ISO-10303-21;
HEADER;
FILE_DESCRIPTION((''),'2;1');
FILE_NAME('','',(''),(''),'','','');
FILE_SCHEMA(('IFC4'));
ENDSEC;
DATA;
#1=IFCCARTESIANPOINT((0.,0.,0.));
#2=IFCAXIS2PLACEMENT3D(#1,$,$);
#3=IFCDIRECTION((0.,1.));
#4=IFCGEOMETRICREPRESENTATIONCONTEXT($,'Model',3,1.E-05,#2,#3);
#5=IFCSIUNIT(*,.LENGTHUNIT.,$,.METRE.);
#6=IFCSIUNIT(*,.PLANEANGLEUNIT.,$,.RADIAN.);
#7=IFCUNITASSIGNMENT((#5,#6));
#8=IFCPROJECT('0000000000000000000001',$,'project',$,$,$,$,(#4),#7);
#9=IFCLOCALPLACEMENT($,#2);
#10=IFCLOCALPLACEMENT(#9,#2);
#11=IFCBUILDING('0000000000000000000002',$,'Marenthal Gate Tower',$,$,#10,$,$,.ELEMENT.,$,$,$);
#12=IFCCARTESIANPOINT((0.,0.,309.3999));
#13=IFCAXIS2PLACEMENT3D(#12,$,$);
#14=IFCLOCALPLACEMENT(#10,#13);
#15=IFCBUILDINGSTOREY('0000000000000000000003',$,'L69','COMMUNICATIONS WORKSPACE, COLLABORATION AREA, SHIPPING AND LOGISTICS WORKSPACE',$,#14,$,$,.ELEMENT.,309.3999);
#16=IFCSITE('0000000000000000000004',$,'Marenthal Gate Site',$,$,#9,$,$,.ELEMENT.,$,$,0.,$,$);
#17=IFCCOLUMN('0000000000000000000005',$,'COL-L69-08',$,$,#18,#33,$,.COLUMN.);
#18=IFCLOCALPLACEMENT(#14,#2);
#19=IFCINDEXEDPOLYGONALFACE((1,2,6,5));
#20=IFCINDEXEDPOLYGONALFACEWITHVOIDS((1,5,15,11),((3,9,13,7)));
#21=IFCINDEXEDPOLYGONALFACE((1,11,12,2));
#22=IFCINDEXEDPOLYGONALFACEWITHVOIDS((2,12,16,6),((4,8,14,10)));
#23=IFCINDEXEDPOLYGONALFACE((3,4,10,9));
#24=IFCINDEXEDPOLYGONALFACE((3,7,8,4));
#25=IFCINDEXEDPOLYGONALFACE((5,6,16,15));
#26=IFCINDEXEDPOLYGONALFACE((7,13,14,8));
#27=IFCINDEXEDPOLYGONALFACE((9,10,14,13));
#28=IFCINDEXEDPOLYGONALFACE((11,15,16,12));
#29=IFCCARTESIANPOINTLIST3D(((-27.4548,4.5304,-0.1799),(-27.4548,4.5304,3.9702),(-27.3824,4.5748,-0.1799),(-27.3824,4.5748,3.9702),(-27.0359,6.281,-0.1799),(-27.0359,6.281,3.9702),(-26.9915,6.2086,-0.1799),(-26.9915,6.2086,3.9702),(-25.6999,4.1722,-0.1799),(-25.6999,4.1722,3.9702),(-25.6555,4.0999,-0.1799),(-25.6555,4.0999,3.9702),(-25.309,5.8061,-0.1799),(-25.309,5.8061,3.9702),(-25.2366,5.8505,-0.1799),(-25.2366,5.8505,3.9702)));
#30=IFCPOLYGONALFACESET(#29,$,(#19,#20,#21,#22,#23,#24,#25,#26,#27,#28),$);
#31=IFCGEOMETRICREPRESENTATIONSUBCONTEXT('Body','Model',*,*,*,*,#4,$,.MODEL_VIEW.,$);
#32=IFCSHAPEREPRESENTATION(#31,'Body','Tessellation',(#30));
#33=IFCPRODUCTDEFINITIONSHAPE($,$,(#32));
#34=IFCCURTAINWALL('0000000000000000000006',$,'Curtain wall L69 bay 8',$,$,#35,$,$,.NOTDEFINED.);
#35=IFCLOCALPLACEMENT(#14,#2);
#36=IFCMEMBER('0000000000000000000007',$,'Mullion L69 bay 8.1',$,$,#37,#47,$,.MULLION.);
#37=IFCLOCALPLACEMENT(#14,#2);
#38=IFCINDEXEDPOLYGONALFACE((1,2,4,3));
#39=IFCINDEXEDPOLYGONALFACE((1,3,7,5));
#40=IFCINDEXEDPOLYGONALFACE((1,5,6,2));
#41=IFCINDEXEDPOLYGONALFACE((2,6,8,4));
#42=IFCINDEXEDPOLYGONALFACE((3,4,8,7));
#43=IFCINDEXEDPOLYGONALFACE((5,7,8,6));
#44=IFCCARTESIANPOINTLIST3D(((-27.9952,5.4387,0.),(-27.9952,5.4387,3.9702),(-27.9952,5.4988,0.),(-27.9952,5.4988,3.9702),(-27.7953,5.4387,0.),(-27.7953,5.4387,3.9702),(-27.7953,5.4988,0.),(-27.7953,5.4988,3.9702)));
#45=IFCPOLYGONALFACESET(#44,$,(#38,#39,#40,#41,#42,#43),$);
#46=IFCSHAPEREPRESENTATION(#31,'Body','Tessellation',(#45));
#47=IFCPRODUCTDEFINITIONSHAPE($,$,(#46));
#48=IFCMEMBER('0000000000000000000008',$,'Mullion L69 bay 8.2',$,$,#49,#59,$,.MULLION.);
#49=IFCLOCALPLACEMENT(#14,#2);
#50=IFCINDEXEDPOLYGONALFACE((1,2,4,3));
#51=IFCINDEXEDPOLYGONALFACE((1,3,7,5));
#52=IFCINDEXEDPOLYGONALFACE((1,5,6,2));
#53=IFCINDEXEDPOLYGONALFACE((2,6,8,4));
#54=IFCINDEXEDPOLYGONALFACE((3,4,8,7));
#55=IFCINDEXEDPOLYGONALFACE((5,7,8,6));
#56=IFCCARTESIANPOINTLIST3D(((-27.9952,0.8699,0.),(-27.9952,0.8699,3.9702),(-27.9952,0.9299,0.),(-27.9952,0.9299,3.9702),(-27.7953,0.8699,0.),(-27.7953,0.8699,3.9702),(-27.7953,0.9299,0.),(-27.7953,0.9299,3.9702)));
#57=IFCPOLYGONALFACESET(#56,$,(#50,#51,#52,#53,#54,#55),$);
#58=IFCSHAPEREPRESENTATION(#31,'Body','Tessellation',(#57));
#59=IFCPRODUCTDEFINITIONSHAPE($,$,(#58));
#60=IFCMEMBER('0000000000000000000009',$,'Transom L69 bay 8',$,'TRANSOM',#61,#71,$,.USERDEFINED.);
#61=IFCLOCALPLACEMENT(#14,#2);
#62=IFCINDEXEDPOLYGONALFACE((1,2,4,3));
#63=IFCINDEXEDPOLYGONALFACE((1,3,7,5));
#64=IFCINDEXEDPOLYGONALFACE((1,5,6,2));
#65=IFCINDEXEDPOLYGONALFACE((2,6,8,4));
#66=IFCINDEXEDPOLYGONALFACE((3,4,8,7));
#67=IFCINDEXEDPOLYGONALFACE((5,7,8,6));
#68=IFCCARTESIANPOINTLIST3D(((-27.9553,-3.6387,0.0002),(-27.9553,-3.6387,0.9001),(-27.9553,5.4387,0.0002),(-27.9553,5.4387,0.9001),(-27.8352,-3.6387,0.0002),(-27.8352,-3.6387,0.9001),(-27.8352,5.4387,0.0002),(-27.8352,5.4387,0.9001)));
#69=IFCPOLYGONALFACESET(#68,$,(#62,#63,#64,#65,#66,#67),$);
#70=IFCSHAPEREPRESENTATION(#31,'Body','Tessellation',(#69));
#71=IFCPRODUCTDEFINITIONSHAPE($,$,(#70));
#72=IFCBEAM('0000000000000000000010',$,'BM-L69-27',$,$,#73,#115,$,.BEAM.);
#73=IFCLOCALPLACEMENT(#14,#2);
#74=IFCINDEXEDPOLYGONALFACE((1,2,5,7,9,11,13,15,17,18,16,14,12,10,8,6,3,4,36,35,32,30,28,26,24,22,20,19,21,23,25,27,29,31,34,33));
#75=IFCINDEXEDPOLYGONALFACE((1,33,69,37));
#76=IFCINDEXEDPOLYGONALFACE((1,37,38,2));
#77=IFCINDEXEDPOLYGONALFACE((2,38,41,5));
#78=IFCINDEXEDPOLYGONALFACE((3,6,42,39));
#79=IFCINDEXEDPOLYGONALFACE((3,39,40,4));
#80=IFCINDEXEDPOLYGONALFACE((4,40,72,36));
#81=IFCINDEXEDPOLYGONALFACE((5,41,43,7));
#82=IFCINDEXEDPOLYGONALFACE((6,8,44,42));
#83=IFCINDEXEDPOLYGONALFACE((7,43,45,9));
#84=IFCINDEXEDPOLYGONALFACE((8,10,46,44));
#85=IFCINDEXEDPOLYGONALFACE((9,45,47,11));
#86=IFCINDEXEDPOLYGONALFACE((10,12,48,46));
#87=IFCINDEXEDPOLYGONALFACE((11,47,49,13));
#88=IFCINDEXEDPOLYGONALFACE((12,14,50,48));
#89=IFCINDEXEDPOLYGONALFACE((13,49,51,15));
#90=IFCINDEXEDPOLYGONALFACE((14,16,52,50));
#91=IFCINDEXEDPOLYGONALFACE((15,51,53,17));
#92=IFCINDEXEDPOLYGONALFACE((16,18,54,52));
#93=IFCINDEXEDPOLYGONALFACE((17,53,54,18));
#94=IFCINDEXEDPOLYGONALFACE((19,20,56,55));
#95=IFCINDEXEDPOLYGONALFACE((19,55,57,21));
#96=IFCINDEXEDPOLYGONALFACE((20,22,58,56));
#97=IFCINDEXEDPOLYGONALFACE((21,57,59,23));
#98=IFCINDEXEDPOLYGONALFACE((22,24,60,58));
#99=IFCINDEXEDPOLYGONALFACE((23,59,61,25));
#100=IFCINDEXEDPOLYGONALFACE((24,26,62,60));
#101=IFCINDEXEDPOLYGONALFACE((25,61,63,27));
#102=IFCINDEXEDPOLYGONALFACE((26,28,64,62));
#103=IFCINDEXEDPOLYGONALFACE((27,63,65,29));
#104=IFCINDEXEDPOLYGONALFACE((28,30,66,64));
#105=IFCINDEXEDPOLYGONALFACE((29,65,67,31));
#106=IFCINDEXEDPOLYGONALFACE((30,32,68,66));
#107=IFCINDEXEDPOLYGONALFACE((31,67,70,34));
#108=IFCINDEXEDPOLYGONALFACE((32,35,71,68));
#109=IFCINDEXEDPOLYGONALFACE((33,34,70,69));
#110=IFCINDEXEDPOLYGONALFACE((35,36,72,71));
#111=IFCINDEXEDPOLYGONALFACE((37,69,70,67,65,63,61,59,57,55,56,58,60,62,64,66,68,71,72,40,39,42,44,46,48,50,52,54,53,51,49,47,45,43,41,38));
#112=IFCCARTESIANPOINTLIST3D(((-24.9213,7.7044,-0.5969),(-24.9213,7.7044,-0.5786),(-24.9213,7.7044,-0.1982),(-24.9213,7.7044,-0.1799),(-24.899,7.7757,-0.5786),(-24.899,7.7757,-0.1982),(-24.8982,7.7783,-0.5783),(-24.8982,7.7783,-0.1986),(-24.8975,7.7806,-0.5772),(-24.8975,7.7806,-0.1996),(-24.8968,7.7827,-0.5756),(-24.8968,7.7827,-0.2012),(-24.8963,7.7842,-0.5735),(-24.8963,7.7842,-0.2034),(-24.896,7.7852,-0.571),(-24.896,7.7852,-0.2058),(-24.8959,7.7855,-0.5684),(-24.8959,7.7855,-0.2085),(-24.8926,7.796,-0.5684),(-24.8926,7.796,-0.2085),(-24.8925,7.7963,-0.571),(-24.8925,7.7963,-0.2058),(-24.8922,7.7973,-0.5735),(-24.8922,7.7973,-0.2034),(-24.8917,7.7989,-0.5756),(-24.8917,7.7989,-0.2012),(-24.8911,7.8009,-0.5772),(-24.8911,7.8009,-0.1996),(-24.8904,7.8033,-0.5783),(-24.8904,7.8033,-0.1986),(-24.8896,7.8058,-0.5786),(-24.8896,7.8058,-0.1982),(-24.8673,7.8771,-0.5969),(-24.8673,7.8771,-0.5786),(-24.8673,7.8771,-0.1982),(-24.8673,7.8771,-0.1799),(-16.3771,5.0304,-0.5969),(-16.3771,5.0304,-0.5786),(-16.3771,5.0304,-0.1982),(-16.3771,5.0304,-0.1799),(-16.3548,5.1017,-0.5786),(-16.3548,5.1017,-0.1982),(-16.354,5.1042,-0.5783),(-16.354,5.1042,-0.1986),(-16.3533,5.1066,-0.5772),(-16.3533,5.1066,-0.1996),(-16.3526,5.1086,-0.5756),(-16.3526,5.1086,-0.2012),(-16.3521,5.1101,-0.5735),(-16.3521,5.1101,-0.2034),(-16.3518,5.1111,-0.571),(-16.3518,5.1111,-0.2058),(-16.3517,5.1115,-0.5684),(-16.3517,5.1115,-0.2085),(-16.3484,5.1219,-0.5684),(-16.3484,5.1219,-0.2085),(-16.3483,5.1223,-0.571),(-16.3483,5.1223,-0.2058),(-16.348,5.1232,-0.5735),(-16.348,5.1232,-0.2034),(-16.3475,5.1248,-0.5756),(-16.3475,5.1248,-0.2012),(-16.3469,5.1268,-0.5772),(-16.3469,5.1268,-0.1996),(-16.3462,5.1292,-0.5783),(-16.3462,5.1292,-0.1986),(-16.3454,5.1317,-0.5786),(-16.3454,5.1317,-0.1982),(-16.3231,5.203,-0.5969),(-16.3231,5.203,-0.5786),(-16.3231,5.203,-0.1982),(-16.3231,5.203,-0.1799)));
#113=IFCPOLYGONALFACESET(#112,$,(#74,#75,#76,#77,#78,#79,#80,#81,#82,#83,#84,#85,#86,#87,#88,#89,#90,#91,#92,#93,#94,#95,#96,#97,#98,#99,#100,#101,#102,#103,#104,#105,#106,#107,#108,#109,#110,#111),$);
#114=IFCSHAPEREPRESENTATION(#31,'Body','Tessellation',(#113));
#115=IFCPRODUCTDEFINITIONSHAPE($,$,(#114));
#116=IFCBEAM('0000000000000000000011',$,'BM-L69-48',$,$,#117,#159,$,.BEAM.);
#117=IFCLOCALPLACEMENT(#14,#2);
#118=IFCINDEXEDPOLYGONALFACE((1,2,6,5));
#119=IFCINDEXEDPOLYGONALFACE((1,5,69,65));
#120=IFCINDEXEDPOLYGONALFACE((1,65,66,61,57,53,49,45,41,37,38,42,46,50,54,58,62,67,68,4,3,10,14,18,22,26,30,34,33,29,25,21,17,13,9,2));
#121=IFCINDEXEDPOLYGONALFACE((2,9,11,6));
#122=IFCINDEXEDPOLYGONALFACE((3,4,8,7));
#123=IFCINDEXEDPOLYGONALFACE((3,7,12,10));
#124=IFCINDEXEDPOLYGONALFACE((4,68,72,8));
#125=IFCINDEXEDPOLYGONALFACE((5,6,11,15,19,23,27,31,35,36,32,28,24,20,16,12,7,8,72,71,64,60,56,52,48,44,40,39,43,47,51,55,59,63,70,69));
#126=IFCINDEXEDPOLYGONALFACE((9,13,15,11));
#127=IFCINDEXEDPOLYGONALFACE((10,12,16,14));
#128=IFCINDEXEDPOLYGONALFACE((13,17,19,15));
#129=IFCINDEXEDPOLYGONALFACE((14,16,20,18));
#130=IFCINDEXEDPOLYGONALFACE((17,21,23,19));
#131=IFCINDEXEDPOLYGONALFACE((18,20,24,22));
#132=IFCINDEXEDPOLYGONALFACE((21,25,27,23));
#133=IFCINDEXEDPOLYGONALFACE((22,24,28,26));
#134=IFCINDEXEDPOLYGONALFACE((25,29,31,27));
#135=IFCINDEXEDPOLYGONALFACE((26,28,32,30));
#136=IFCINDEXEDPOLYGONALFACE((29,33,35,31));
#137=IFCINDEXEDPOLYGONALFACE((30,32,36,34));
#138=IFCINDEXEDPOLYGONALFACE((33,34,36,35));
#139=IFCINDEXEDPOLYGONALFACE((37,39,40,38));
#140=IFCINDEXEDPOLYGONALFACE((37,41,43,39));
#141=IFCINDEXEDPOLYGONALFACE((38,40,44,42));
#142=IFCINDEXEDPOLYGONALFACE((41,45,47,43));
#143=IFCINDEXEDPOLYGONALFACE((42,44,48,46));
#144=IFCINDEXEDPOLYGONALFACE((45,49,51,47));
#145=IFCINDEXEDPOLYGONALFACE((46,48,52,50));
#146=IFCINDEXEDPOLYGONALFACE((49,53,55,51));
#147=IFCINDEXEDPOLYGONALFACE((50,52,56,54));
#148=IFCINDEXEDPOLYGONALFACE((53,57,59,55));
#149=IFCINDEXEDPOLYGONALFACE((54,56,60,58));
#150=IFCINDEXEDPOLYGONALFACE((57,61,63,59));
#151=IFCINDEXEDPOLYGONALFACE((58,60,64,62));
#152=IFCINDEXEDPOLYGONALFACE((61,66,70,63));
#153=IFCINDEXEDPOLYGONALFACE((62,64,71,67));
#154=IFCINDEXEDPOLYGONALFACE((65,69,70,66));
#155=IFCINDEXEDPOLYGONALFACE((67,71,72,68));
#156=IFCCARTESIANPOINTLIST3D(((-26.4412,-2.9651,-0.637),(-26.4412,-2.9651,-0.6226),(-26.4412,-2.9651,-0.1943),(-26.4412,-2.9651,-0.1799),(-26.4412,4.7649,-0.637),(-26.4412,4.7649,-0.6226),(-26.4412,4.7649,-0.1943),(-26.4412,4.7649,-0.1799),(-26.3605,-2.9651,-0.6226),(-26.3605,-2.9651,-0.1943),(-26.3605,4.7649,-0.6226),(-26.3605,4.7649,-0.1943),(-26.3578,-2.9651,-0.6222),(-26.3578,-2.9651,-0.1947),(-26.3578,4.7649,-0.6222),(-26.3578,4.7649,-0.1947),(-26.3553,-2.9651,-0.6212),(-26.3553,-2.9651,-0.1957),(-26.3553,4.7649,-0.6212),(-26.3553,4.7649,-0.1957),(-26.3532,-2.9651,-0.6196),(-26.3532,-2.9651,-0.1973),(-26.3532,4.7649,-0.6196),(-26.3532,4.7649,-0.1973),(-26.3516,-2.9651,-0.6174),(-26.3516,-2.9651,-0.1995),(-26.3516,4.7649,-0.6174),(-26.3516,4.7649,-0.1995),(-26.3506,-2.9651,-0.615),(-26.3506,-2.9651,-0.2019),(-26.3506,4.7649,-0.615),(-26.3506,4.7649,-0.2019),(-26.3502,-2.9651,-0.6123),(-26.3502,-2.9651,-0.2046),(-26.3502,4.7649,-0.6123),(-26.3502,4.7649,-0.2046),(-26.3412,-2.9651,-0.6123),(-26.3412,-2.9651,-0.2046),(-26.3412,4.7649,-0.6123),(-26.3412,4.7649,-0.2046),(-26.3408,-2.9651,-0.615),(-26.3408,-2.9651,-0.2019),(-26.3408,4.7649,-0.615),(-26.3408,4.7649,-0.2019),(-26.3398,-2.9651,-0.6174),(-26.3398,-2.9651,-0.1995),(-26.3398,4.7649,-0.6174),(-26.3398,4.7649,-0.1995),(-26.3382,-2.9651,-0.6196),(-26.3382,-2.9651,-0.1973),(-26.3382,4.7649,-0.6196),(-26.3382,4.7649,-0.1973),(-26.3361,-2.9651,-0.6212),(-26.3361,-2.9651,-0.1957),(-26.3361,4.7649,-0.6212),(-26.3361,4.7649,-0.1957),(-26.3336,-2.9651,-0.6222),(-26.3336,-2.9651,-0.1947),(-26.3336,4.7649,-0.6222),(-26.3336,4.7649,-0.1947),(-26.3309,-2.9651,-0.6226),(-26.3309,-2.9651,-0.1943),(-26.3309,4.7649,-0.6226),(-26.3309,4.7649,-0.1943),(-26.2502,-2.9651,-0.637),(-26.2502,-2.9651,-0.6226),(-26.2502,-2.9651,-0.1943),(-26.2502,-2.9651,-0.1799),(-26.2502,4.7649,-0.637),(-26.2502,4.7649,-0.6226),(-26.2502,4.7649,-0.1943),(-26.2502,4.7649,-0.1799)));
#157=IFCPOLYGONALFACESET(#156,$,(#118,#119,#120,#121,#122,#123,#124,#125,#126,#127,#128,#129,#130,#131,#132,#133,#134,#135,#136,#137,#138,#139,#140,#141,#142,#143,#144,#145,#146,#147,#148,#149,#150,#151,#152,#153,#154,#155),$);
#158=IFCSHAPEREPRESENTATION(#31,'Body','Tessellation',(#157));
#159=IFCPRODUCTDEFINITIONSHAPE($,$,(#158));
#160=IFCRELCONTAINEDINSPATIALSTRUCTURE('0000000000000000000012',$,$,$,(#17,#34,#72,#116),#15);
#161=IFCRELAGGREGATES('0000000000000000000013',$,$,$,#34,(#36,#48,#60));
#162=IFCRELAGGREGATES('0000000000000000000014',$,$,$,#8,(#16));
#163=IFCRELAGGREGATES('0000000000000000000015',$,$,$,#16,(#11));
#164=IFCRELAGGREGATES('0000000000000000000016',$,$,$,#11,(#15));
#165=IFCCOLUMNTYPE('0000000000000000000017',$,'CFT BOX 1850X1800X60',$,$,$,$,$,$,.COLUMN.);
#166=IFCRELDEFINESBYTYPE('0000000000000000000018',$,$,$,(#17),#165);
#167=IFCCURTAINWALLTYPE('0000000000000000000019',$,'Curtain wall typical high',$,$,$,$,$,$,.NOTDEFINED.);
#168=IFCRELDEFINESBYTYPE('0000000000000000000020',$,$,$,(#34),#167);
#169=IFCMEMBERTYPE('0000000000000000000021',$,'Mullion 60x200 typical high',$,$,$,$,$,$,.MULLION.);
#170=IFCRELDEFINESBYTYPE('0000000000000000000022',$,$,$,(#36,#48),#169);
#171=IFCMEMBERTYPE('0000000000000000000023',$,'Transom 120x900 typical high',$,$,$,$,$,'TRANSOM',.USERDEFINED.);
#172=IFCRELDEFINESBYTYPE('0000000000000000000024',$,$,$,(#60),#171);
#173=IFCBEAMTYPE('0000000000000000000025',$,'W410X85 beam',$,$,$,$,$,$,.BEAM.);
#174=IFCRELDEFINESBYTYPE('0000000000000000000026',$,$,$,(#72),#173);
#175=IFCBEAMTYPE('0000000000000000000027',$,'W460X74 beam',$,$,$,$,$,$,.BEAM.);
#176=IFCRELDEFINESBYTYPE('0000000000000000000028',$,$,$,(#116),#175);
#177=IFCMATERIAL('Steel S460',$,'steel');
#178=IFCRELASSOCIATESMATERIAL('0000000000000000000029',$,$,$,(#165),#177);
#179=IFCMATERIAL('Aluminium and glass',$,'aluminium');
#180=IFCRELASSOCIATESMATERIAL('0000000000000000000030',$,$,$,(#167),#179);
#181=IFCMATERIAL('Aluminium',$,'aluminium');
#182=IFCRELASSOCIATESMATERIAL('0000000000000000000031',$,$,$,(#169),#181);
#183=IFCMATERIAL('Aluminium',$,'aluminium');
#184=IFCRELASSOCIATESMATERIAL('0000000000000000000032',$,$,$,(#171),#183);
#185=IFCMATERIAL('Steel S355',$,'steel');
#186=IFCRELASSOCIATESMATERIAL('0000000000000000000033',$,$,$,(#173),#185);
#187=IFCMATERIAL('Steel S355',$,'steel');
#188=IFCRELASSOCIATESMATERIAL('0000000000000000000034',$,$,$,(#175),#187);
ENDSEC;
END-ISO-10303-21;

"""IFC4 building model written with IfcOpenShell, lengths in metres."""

from ifc_helpers import new_model, si_unit, direction, frame, origin, origin_2d, place, context, subcontext, project, spatial, rectangle, hollow_rectangle, i_section, extrude, material, material_profile, profile_set, type_object, element, aggregate, save


model = new_model("IFC4")

# Units and contexts
model_context = context("Model", 3, precision=1e-05, world=origin(), true_north=direction((0.0, 1.0)))
body_context = subcontext(model_context, "Body", "Model", "MODEL_VIEW")
ifc_project = project(units=[si_unit("LENGTHUNIT", "METRE"), si_unit("PLANEANGLEUNIT", "RADIAN")], contexts=[model_context])

# Site, building, storey
site_placement = place(None, origin())
site = spatial("IfcSite", under=ifc_project, at=site_placement, Name="Marenthal Gate Site", CompositionType="ELEMENT", RefElevation=0.0)
building_placement = place(site_placement, origin())
building = spatial("IfcBuilding", under=site, at=building_placement, Name="Marenthal Gate Tower", CompositionType="ELEMENT")
storey_placement = place(building_placement, frame((0.0, 0.0, 309.3999)))
storey = spatial("IfcBuildingStorey", under=building, at=storey_placement, Name="L69", Description="COMMUNICATIONS WORKSPACE, COLLABORATION AREA, SHIPPING AND LOGISTICS WORKSPACE", CompositionType="ELEMENT", Elevation=309.3999)

# Column
ifc_material_1 = material(Name="Steel S460", Category="steel")
ifc_material_profile_1 = material_profile(ifc_material_1, hollow_rectangle(XDim=1.8, YDim=1.8501, WallThickness=0.0601, at=origin_2d()), Name="CFT BOX 1850X1800X60")
ifc_material_2 = material(Name="Concrete 70 MPa", Category="concrete")
ifc_material_profile_2 = material_profile(ifc_material_2, rectangle(XDim=1.6799, YDim=1.73, at=origin_2d()), Name="CFT BOX 1850X1800X60 INFILL")
ifc_profile_set_1 = profile_set([ifc_material_profile_1, ifc_material_profile_2], Name="Steel S460 shell, Concrete 70 MPa infill")
column_type = type_object("IfcColumnType", Name="CFT BOX 1850X1800X60", PredefinedType="COLUMN", material=ifc_profile_set_1)
column_placement = place(storey_placement, frame((-26.3457, 5.1904, -0.1799), z_axis=(0.0, 0.0, 1.0), x_axis=(0.232702, 0.972548, 0.0)))
element("IfcColumn", 1, at=column_placement, inside=storey, type_object=column_type, Name="COL-L69-08", PredefinedType="COLUMN", context=body_context, shape_type="SweptSolid", body=[
    extrude(hollow_rectangle(XDim=1.8, YDim=1.8501, WallThickness=0.0601, at=origin_2d()), origin(), (0.0, 0.0, 1.0), 4.1501),
])

# Curtain wall, members
ifc_material_3 = material(Name="Aluminium and glass", Category="aluminium")
curtain_wall_type = type_object("IfcCurtainWallType", Name="Curtain wall typical high", PredefinedType="NOTDEFINED", material=ifc_material_3)
curtain_wall_placement = place(storey_placement, origin())
curtain_wall = element("IfcCurtainWall", 2, at=curtain_wall_placement, inside=storey, type_object=curtain_wall_type, Name="Curtain wall L69 bay 8", PredefinedType="NOTDEFINED")
ifc_material_4 = material(Name="Aluminium", Category="aluminium")
ifc_material_profile_3 = material_profile(ifc_material_4, rectangle(XDim=0.2, YDim=0.0601, at=origin_2d()), Name="60x200 aluminium mullion")
ifc_profile_set_2 = profile_set([ifc_material_profile_3], Name="Aluminium")
member_type_1 = type_object("IfcMemberType", Name="Mullion 60x200 typical high", PredefinedType="MULLION", material=ifc_profile_set_2)
member_1_placement = place(storey_placement, frame((-27.8953, 5.4688, 0.0), z_axis=(0.0, 0.0, 1.0), x_axis=(1.0, 0.0, 0.0)))
member_1 = element("IfcMember", 3, at=member_1_placement, type_object=member_type_1, Name="Mullion L69 bay 8.1", PredefinedType="MULLION", context=body_context, shape_type="SweptSolid", body=[
    extrude(rectangle(XDim=0.2, YDim=0.0601, at=origin_2d()), origin(), (0.0, 0.0, 1.0), 3.9702),
])
member_2_placement = place(storey_placement, frame((-27.8953, 0.8999, 0.0), z_axis=(0.0, 0.0, 1.0), x_axis=(1.0, 0.0, 0.0)))
member_2 = element("IfcMember", 4, at=member_2_placement, type_object=member_type_1, Name="Mullion L69 bay 8.2", PredefinedType="MULLION", context=body_context, shape_type="SweptSolid", body=[
    extrude(rectangle(XDim=0.2, YDim=0.0601, at=origin_2d()), origin(), (0.0, 0.0, 1.0), 3.9702),
])
ifc_material_5 = material(Name="Aluminium", Category="aluminium")
ifc_material_profile_4 = material_profile(ifc_material_5, rectangle(XDim=0.1201, YDim=0.8999, at=origin_2d()), Name="120x900 aluminium transom")
ifc_profile_set_3 = profile_set([ifc_material_profile_4], Name="Aluminium")
member_type_2 = type_object("IfcMemberType", Name="Transom 120x900 typical high", ElementType="TRANSOM", PredefinedType="USERDEFINED", material=ifc_profile_set_3)
member_3_placement = place(storey_placement, frame((-27.8953, 5.4387, 0.4502), z_axis=(0.0, -1.0, 0.0), x_axis=(1.0, 0.0, 0.0)))
member_3 = element("IfcMember", 5, at=member_3_placement, type_object=member_type_2, Name="Transom L69 bay 8", ObjectType="TRANSOM", PredefinedType="USERDEFINED", context=body_context, shape_type="SweptSolid", body=[
    extrude(rectangle(XDim=0.1201, YDim=0.8999, at=origin_2d()), origin(), (0.0, 0.0, 1.0), 9.0774),
])

# Beams
ifc_material_6 = material(Name="Steel S355", Category="steel")
ifc_material_profile_5 = material_profile(ifc_material_6, i_section(OverallWidth=0.1809, OverallDepth=0.417, WebThickness=0.011, FlangeThickness=0.0183, FilletRadius=0.0103, at=origin_2d()), Name="W410X85")
ifc_profile_set_4 = profile_set([ifc_material_profile_5], Name="Steel S355")
beam_type_1 = type_object("IfcBeamType", Name="W410X85 beam", PredefinedType="BEAM", material=ifc_profile_set_4)
beam_1_placement = place(storey_placement, frame((-24.8943, 7.7908, -0.3884), z_axis=(0.954352, -0.298683, 0.0), x_axis=(0.298683, 0.954352, 0.0)))
element("IfcBeam", 6, at=beam_1_placement, inside=storey, type_object=beam_type_1, Name="BM-L69-27", PredefinedType="BEAM", context=body_context, shape_type="SweptSolid", body=[
    extrude(i_section(OverallWidth=0.1809, OverallDepth=0.417, WebThickness=0.011, FlangeThickness=0.0183, FilletRadius=0.0103, at=origin_2d()), origin(), (0.0, 0.0, 1.0), 8.9529),
])
ifc_material_7 = material(Name="Steel S355", Category="steel")
ifc_material_profile_6 = material_profile(ifc_material_7, i_section(OverallWidth=0.1909, OverallDepth=0.457, WebThickness=0.009, FlangeThickness=0.0144, FilletRadius=0.0103, at=origin_2d()), Name="W460X74")
ifc_profile_set_5 = profile_set([ifc_material_profile_6], Name="Steel S355")
beam_type_2 = type_object("IfcBeamType", Name="W460X74 beam", PredefinedType="BEAM", material=ifc_profile_set_5)
beam_2_placement = place(storey_placement, frame((-26.3457, 4.7649, -0.4084), z_axis=(0.0, -1.0, 0.0), x_axis=(1.0, 0.0, 0.0)))
element("IfcBeam", 7, at=beam_2_placement, inside=storey, type_object=beam_type_2, Name="BM-L69-48", PredefinedType="BEAM", context=body_context, shape_type="SweptSolid", body=[
    extrude(i_section(OverallWidth=0.1909, OverallDepth=0.457, WebThickness=0.009, FlangeThickness=0.0144, FilletRadius=0.0103, at=origin_2d()), origin(), (0.0, 0.0, 1.0), 7.73),
])

aggregate(curtain_wall, [member_1, member_2, member_3])

save(model, "model.ifc")
